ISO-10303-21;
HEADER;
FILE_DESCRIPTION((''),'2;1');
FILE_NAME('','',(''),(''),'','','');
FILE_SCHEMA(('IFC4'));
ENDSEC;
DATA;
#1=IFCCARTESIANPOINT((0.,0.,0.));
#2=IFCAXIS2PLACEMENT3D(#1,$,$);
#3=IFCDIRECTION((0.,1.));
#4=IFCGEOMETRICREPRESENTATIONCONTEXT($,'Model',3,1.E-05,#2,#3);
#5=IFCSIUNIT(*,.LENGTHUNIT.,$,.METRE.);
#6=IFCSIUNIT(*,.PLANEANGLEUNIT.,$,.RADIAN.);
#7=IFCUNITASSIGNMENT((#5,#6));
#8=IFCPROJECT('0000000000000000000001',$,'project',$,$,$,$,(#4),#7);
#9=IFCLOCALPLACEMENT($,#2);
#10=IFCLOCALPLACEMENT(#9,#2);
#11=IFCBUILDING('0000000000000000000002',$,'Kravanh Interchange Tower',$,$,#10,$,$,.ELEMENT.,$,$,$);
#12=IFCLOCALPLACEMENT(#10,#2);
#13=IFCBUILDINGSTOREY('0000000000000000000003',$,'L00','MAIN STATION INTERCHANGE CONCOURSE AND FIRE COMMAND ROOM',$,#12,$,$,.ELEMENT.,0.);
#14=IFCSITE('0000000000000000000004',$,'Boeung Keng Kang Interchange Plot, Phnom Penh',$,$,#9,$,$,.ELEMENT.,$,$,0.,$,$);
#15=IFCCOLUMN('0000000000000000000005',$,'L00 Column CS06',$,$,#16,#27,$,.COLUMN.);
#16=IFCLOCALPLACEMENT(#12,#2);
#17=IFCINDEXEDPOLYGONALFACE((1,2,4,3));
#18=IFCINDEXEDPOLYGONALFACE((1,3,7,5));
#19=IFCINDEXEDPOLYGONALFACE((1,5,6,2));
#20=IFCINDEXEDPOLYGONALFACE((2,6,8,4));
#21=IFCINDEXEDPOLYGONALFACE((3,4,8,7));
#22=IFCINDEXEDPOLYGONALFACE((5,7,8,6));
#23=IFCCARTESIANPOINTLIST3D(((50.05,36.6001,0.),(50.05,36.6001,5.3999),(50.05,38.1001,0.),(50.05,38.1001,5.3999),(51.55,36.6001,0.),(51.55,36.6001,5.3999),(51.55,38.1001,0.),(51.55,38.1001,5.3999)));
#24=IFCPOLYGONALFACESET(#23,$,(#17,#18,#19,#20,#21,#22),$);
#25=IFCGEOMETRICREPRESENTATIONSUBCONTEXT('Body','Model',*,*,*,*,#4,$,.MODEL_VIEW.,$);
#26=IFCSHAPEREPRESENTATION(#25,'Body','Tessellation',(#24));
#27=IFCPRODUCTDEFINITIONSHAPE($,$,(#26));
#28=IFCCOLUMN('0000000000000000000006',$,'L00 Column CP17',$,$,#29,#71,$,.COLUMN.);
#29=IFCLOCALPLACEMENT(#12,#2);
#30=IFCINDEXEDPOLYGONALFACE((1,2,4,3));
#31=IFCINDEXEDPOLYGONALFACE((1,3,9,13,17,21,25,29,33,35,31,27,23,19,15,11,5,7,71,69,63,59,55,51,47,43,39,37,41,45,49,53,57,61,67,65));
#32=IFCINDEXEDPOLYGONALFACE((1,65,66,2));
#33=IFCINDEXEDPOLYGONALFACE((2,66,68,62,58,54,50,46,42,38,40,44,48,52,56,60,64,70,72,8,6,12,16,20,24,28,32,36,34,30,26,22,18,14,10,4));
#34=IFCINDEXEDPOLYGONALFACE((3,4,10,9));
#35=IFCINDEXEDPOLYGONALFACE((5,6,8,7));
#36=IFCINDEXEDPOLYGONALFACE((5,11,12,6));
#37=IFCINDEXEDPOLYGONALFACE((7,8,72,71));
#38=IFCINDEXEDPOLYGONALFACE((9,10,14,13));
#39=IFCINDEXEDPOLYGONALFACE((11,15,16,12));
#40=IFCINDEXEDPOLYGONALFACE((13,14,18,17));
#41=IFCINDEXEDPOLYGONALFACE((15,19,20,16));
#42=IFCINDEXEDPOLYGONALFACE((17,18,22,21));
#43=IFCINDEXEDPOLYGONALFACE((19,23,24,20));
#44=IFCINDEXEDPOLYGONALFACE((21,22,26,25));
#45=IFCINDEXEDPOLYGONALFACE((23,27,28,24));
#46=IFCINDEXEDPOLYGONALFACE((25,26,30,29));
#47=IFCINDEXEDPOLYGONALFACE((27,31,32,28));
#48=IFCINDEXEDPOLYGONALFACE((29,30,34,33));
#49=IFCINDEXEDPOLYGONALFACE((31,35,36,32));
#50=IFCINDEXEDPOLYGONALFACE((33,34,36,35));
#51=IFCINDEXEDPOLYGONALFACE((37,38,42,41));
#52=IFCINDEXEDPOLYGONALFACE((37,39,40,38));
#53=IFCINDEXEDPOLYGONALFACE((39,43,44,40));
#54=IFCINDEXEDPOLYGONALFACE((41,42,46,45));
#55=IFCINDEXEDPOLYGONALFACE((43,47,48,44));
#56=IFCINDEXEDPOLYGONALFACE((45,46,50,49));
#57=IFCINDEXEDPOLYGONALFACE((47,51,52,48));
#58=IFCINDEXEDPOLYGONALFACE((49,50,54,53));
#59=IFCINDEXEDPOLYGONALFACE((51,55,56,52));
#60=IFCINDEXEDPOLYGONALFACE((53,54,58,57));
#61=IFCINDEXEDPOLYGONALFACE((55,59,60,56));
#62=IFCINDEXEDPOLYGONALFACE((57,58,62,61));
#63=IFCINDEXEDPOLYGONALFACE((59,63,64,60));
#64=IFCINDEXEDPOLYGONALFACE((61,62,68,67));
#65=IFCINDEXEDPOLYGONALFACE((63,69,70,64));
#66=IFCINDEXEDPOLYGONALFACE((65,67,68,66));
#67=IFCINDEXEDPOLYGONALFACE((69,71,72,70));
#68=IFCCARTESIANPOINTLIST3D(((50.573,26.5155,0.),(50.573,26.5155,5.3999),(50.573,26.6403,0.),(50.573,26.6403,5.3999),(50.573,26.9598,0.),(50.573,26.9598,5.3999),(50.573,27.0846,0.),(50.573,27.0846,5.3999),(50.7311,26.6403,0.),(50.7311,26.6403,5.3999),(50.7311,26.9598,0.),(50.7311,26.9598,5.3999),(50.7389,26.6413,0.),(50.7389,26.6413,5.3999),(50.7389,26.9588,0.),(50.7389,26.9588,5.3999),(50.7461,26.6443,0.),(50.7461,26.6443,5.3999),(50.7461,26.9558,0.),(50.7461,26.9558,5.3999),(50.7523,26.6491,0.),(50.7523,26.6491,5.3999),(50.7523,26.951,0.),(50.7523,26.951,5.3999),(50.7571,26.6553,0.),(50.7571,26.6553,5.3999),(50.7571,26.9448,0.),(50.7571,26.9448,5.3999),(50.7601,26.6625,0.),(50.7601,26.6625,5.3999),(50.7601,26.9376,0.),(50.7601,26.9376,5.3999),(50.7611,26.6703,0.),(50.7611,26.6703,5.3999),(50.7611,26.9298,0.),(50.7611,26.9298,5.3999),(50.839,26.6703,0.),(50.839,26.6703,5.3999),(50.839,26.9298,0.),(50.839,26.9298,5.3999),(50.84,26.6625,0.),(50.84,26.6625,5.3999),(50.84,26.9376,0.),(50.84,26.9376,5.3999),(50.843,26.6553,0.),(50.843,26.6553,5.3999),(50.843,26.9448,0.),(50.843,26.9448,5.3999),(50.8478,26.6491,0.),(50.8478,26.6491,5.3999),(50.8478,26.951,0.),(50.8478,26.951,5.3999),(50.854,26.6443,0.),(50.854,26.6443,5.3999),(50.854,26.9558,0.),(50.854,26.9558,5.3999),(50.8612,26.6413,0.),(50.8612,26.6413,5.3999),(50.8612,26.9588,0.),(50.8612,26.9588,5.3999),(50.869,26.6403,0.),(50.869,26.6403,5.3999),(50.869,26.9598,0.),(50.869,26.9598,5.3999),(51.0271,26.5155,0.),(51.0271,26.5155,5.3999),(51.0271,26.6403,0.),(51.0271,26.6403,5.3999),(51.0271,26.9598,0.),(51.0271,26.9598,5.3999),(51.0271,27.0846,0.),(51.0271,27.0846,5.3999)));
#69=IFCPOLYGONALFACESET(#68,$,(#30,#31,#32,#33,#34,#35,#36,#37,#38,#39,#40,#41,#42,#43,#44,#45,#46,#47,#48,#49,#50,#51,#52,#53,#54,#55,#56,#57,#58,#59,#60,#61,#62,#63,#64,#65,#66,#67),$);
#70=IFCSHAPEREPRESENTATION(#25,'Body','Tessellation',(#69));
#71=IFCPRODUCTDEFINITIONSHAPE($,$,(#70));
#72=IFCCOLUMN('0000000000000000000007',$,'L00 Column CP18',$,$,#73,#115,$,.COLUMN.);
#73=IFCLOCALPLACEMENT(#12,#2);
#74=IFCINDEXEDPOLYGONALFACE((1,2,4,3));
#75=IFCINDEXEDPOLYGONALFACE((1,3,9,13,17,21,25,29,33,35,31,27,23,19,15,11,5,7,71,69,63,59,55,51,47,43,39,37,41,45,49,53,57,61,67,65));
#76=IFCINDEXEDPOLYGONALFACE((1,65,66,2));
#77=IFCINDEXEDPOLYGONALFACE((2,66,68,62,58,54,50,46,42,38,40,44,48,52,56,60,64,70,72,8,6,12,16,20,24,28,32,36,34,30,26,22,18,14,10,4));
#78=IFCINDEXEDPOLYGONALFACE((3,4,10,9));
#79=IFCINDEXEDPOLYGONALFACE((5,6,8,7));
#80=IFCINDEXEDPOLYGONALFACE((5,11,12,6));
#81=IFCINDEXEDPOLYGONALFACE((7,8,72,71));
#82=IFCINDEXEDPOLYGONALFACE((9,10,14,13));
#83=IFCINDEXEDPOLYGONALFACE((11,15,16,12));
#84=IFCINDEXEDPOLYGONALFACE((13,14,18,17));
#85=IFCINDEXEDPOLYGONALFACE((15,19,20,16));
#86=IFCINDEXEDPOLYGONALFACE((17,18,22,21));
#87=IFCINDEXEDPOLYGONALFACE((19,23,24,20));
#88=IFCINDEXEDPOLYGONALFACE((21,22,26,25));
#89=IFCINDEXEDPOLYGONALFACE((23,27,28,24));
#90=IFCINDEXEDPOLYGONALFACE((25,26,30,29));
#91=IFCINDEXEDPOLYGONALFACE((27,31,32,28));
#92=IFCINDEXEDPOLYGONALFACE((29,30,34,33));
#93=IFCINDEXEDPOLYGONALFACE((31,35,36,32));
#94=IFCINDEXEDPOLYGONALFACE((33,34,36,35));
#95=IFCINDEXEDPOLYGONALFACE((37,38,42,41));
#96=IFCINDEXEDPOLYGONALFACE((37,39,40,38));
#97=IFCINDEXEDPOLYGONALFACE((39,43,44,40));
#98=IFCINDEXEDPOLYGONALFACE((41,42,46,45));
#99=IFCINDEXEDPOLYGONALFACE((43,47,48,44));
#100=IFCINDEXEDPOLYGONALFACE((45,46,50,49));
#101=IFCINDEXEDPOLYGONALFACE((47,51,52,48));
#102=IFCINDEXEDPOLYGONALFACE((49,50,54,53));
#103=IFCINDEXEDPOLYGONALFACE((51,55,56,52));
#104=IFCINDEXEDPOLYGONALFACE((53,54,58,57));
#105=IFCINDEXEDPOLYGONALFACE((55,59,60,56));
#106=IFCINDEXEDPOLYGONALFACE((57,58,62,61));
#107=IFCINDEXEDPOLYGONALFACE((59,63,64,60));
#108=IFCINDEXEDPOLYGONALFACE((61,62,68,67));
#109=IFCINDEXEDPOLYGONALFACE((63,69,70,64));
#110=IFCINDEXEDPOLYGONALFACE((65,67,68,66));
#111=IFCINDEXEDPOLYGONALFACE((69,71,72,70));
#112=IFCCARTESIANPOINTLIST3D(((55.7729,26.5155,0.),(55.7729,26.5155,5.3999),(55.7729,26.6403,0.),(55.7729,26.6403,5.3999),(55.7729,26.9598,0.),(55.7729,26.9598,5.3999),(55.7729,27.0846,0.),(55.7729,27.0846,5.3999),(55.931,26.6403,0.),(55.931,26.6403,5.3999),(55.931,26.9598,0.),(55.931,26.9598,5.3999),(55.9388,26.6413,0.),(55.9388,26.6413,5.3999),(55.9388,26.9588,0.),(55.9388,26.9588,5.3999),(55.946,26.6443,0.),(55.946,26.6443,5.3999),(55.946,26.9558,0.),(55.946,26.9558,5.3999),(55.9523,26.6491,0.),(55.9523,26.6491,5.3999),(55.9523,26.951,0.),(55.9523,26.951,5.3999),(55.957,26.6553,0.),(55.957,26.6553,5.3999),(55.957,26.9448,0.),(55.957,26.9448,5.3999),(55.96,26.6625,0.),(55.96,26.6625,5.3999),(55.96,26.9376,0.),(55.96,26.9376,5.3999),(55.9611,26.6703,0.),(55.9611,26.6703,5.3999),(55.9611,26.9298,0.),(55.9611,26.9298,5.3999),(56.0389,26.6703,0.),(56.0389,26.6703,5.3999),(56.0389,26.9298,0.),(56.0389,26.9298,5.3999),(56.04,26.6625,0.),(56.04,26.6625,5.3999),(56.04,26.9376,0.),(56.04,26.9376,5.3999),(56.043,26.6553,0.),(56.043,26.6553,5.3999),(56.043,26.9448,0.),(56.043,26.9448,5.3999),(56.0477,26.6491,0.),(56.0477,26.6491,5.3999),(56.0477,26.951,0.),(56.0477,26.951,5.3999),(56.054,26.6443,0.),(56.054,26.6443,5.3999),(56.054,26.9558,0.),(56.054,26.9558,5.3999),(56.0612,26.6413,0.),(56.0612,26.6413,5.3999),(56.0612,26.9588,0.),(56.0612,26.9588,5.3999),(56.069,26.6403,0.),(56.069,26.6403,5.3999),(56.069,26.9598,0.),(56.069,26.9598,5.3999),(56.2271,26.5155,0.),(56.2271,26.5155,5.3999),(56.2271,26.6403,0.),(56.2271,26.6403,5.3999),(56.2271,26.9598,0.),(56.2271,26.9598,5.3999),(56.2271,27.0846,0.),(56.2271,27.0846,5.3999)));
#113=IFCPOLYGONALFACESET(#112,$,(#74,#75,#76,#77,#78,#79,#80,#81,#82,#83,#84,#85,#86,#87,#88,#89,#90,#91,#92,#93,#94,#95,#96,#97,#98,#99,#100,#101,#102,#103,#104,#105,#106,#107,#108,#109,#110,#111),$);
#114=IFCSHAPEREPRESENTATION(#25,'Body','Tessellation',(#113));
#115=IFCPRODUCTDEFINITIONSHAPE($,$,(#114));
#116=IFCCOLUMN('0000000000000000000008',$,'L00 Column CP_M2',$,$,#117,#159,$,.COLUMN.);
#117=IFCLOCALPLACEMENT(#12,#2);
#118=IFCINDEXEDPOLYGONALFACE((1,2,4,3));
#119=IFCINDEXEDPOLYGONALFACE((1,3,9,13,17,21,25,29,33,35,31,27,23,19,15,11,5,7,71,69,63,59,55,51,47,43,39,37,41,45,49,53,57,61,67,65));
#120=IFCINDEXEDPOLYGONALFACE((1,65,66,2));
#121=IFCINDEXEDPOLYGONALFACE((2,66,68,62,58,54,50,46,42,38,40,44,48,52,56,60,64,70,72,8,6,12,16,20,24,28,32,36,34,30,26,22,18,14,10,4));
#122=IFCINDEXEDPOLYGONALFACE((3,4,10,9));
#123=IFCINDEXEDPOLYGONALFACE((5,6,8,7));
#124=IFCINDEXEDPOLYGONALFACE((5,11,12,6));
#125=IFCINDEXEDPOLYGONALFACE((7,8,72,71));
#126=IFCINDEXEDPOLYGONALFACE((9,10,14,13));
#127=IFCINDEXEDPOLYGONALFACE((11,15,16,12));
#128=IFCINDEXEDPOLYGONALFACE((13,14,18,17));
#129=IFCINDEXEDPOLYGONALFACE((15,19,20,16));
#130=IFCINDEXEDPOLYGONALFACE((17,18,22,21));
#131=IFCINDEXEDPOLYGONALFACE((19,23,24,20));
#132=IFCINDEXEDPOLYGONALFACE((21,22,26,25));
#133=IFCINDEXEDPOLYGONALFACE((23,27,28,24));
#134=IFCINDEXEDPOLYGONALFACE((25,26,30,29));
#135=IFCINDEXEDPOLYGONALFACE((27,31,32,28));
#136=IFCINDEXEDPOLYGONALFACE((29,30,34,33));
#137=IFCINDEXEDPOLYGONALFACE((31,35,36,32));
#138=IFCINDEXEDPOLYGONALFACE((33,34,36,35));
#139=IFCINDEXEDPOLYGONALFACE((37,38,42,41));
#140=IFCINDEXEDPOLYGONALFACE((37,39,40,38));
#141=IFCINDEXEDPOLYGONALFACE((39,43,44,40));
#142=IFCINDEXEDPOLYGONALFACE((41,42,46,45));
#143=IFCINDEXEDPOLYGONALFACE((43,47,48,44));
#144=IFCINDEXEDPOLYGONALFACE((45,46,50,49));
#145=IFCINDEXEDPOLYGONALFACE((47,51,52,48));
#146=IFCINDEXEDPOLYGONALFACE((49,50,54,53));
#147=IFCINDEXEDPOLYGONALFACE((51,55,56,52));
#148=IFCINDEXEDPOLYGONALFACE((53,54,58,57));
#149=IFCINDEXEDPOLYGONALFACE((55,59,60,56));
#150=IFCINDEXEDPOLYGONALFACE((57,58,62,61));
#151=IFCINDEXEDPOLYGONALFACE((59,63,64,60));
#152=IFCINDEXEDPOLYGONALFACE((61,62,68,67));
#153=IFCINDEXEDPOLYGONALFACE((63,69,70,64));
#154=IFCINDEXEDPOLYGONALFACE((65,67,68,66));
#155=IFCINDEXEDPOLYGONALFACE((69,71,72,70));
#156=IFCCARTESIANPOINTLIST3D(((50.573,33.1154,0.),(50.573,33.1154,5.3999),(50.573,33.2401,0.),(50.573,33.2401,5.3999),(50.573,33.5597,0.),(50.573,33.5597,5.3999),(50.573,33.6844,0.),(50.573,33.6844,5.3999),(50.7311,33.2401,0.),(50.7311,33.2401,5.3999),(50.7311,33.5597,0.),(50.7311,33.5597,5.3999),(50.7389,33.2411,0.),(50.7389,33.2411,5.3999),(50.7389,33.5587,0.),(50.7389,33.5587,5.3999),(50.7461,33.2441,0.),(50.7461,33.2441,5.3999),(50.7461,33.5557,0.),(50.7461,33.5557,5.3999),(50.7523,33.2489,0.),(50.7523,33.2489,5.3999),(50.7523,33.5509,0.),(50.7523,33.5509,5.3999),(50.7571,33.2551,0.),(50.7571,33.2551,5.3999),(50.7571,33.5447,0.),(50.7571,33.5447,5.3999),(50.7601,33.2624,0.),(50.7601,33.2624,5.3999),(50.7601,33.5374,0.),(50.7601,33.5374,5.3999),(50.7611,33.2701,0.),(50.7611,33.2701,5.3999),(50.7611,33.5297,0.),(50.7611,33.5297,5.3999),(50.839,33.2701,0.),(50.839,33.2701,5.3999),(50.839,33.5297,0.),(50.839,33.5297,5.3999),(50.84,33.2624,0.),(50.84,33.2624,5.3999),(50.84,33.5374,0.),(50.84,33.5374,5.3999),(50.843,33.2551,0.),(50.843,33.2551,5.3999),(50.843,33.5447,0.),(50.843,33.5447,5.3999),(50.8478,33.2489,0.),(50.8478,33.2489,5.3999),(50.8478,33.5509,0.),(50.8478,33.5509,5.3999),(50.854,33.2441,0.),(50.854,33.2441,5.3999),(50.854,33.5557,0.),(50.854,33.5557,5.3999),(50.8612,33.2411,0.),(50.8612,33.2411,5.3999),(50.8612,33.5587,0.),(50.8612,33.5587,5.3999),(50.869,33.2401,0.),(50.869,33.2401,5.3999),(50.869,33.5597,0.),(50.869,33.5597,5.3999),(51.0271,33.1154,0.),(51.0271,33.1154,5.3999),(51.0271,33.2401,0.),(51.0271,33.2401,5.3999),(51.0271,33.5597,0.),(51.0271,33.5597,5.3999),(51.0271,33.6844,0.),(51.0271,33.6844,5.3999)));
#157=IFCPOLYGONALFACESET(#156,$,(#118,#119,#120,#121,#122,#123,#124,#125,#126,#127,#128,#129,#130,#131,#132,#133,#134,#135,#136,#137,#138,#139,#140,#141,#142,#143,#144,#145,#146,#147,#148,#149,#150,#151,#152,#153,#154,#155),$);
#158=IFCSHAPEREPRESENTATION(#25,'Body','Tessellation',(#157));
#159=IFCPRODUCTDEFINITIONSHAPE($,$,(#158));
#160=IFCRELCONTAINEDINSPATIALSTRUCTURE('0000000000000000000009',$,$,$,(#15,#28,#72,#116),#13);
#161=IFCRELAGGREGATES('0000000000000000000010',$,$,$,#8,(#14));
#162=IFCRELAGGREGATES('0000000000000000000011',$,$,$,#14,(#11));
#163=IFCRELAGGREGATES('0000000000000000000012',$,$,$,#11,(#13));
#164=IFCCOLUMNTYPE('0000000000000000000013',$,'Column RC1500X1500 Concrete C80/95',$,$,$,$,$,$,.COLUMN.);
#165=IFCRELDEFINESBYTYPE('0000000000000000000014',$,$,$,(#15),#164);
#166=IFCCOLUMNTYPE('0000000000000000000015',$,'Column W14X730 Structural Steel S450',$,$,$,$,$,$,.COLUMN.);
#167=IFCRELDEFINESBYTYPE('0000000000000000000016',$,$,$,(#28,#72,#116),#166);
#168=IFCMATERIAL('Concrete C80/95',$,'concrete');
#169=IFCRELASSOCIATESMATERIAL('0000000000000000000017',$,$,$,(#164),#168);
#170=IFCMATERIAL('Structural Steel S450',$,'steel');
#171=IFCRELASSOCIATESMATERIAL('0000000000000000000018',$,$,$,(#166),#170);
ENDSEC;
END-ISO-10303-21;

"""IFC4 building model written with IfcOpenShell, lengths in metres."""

from ifc_helpers import new_model, si_unit, direction, frame, origin, origin_2d, place, context, subcontext, project, spatial, rectangle, i_section, extrude, material, material_profile, profile_set, type_object, element, save


model = new_model("IFC4")

# Units and contexts
model_context = context("Model", 3, precision=1e-05, world=origin(), true_north=direction((0.0, 1.0)))
body_context = subcontext(model_context, "Body", "Model", "MODEL_VIEW")
ifc_project = project(units=[si_unit("LENGTHUNIT", "METRE"), si_unit("PLANEANGLEUNIT", "RADIAN")], contexts=[model_context])

# Site, building, storey
site_placement = place(None, origin())
site = spatial("IfcSite", under=ifc_project, at=site_placement, Name="Boeung Keng Kang Interchange Plot, Phnom Penh", CompositionType="ELEMENT", RefElevation=0.0)
building_placement = place(site_placement, origin())
building = spatial("IfcBuilding", under=site, at=building_placement, Name="Kravanh Interchange Tower", CompositionType="ELEMENT")
storey_placement = place(building_placement, origin())
storey = spatial("IfcBuildingStorey", under=building, at=storey_placement, Name="L00", Description="MAIN STATION INTERCHANGE CONCOURSE AND FIRE COMMAND ROOM", CompositionType="ELEMENT", Elevation=0.0)

# Columns
ifc_material_1 = material(Name="Concrete C80/95", Category="concrete")
ifc_material_profile_1 = material_profile(ifc_material_1, rectangle(XDim=1.5, YDim=1.5, at=origin_2d()), Name="RC1500X1500")
ifc_profile_set_1 = profile_set([ifc_material_profile_1], Name="Concrete C80/95")
column_type_1 = type_object("IfcColumnType", Name="Column RC1500X1500 Concrete C80/95", PredefinedType="COLUMN", material=ifc_profile_set_1)
column_placement = place(storey_placement, frame((50.8, 37.3501, 0.0), z_axis=(0.0, 0.0, 1.0), x_axis=(1.0, 0.0, 0.0)))
element("IfcColumn", 1, at=column_placement, inside=storey, type_object=column_type_1, Name="L00 Column CS06", PredefinedType="COLUMN", context=body_context, shape_type="SweptSolid", body=[
    extrude(rectangle(XDim=1.5, YDim=1.5, at=origin_2d()), origin(), (0.0, 0.0, 1.0), 5.3999),
])
ifc_material_2 = material(Name="Structural Steel S450", Category="steel")
ifc_material_profile_2 = material_profile(ifc_material_2, i_section(OverallWidth=0.4541, OverallDepth=0.5691, WebThickness=0.0779, FlangeThickness=0.1248, FilletRadius=0.03, at=origin_2d()), Name="W14X730")
ifc_profile_set_2 = profile_set([ifc_material_profile_2], Name="Structural Steel S450")
column_type_2 = type_object("IfcColumnType", Name="Column W14X730 Structural Steel S450", PredefinedType="COLUMN", material=ifc_profile_set_2)
for number, where, z_axis, x_axis, name in (
    (2, (50.8, 26.8, 0.0), (0.0, 0.0, 1.0), (1.0, 0.0, 0.0), "L00 Column CP17"),
    (3, (56.0, 26.8, 0.0), (0.0, 0.0, 1.0), (1.0, 0.0, 0.0), "L00 Column CP18"),
    (4, (50.8, 33.3999, 0.0), (0.0, 0.0, 1.0), (1.0, 0.0, 0.0), "L00 Column CP_M2"),
):
    element("IfcColumn", number, at=place(storey_placement, frame(where, z_axis=z_axis, x_axis=x_axis)), inside=storey, type_object=column_type_2, Name=name, PredefinedType="COLUMN", context=body_context, shape_type="SweptSolid", body=[
        extrude(i_section(OverallWidth=0.4541, OverallDepth=0.5691, WebThickness=0.0779, FlangeThickness=0.1248, FilletRadius=0.03, at=origin_2d()), origin(), (0.0, 0.0, 1.0), 5.3999),
    ])

save(model, "model.ifc")
